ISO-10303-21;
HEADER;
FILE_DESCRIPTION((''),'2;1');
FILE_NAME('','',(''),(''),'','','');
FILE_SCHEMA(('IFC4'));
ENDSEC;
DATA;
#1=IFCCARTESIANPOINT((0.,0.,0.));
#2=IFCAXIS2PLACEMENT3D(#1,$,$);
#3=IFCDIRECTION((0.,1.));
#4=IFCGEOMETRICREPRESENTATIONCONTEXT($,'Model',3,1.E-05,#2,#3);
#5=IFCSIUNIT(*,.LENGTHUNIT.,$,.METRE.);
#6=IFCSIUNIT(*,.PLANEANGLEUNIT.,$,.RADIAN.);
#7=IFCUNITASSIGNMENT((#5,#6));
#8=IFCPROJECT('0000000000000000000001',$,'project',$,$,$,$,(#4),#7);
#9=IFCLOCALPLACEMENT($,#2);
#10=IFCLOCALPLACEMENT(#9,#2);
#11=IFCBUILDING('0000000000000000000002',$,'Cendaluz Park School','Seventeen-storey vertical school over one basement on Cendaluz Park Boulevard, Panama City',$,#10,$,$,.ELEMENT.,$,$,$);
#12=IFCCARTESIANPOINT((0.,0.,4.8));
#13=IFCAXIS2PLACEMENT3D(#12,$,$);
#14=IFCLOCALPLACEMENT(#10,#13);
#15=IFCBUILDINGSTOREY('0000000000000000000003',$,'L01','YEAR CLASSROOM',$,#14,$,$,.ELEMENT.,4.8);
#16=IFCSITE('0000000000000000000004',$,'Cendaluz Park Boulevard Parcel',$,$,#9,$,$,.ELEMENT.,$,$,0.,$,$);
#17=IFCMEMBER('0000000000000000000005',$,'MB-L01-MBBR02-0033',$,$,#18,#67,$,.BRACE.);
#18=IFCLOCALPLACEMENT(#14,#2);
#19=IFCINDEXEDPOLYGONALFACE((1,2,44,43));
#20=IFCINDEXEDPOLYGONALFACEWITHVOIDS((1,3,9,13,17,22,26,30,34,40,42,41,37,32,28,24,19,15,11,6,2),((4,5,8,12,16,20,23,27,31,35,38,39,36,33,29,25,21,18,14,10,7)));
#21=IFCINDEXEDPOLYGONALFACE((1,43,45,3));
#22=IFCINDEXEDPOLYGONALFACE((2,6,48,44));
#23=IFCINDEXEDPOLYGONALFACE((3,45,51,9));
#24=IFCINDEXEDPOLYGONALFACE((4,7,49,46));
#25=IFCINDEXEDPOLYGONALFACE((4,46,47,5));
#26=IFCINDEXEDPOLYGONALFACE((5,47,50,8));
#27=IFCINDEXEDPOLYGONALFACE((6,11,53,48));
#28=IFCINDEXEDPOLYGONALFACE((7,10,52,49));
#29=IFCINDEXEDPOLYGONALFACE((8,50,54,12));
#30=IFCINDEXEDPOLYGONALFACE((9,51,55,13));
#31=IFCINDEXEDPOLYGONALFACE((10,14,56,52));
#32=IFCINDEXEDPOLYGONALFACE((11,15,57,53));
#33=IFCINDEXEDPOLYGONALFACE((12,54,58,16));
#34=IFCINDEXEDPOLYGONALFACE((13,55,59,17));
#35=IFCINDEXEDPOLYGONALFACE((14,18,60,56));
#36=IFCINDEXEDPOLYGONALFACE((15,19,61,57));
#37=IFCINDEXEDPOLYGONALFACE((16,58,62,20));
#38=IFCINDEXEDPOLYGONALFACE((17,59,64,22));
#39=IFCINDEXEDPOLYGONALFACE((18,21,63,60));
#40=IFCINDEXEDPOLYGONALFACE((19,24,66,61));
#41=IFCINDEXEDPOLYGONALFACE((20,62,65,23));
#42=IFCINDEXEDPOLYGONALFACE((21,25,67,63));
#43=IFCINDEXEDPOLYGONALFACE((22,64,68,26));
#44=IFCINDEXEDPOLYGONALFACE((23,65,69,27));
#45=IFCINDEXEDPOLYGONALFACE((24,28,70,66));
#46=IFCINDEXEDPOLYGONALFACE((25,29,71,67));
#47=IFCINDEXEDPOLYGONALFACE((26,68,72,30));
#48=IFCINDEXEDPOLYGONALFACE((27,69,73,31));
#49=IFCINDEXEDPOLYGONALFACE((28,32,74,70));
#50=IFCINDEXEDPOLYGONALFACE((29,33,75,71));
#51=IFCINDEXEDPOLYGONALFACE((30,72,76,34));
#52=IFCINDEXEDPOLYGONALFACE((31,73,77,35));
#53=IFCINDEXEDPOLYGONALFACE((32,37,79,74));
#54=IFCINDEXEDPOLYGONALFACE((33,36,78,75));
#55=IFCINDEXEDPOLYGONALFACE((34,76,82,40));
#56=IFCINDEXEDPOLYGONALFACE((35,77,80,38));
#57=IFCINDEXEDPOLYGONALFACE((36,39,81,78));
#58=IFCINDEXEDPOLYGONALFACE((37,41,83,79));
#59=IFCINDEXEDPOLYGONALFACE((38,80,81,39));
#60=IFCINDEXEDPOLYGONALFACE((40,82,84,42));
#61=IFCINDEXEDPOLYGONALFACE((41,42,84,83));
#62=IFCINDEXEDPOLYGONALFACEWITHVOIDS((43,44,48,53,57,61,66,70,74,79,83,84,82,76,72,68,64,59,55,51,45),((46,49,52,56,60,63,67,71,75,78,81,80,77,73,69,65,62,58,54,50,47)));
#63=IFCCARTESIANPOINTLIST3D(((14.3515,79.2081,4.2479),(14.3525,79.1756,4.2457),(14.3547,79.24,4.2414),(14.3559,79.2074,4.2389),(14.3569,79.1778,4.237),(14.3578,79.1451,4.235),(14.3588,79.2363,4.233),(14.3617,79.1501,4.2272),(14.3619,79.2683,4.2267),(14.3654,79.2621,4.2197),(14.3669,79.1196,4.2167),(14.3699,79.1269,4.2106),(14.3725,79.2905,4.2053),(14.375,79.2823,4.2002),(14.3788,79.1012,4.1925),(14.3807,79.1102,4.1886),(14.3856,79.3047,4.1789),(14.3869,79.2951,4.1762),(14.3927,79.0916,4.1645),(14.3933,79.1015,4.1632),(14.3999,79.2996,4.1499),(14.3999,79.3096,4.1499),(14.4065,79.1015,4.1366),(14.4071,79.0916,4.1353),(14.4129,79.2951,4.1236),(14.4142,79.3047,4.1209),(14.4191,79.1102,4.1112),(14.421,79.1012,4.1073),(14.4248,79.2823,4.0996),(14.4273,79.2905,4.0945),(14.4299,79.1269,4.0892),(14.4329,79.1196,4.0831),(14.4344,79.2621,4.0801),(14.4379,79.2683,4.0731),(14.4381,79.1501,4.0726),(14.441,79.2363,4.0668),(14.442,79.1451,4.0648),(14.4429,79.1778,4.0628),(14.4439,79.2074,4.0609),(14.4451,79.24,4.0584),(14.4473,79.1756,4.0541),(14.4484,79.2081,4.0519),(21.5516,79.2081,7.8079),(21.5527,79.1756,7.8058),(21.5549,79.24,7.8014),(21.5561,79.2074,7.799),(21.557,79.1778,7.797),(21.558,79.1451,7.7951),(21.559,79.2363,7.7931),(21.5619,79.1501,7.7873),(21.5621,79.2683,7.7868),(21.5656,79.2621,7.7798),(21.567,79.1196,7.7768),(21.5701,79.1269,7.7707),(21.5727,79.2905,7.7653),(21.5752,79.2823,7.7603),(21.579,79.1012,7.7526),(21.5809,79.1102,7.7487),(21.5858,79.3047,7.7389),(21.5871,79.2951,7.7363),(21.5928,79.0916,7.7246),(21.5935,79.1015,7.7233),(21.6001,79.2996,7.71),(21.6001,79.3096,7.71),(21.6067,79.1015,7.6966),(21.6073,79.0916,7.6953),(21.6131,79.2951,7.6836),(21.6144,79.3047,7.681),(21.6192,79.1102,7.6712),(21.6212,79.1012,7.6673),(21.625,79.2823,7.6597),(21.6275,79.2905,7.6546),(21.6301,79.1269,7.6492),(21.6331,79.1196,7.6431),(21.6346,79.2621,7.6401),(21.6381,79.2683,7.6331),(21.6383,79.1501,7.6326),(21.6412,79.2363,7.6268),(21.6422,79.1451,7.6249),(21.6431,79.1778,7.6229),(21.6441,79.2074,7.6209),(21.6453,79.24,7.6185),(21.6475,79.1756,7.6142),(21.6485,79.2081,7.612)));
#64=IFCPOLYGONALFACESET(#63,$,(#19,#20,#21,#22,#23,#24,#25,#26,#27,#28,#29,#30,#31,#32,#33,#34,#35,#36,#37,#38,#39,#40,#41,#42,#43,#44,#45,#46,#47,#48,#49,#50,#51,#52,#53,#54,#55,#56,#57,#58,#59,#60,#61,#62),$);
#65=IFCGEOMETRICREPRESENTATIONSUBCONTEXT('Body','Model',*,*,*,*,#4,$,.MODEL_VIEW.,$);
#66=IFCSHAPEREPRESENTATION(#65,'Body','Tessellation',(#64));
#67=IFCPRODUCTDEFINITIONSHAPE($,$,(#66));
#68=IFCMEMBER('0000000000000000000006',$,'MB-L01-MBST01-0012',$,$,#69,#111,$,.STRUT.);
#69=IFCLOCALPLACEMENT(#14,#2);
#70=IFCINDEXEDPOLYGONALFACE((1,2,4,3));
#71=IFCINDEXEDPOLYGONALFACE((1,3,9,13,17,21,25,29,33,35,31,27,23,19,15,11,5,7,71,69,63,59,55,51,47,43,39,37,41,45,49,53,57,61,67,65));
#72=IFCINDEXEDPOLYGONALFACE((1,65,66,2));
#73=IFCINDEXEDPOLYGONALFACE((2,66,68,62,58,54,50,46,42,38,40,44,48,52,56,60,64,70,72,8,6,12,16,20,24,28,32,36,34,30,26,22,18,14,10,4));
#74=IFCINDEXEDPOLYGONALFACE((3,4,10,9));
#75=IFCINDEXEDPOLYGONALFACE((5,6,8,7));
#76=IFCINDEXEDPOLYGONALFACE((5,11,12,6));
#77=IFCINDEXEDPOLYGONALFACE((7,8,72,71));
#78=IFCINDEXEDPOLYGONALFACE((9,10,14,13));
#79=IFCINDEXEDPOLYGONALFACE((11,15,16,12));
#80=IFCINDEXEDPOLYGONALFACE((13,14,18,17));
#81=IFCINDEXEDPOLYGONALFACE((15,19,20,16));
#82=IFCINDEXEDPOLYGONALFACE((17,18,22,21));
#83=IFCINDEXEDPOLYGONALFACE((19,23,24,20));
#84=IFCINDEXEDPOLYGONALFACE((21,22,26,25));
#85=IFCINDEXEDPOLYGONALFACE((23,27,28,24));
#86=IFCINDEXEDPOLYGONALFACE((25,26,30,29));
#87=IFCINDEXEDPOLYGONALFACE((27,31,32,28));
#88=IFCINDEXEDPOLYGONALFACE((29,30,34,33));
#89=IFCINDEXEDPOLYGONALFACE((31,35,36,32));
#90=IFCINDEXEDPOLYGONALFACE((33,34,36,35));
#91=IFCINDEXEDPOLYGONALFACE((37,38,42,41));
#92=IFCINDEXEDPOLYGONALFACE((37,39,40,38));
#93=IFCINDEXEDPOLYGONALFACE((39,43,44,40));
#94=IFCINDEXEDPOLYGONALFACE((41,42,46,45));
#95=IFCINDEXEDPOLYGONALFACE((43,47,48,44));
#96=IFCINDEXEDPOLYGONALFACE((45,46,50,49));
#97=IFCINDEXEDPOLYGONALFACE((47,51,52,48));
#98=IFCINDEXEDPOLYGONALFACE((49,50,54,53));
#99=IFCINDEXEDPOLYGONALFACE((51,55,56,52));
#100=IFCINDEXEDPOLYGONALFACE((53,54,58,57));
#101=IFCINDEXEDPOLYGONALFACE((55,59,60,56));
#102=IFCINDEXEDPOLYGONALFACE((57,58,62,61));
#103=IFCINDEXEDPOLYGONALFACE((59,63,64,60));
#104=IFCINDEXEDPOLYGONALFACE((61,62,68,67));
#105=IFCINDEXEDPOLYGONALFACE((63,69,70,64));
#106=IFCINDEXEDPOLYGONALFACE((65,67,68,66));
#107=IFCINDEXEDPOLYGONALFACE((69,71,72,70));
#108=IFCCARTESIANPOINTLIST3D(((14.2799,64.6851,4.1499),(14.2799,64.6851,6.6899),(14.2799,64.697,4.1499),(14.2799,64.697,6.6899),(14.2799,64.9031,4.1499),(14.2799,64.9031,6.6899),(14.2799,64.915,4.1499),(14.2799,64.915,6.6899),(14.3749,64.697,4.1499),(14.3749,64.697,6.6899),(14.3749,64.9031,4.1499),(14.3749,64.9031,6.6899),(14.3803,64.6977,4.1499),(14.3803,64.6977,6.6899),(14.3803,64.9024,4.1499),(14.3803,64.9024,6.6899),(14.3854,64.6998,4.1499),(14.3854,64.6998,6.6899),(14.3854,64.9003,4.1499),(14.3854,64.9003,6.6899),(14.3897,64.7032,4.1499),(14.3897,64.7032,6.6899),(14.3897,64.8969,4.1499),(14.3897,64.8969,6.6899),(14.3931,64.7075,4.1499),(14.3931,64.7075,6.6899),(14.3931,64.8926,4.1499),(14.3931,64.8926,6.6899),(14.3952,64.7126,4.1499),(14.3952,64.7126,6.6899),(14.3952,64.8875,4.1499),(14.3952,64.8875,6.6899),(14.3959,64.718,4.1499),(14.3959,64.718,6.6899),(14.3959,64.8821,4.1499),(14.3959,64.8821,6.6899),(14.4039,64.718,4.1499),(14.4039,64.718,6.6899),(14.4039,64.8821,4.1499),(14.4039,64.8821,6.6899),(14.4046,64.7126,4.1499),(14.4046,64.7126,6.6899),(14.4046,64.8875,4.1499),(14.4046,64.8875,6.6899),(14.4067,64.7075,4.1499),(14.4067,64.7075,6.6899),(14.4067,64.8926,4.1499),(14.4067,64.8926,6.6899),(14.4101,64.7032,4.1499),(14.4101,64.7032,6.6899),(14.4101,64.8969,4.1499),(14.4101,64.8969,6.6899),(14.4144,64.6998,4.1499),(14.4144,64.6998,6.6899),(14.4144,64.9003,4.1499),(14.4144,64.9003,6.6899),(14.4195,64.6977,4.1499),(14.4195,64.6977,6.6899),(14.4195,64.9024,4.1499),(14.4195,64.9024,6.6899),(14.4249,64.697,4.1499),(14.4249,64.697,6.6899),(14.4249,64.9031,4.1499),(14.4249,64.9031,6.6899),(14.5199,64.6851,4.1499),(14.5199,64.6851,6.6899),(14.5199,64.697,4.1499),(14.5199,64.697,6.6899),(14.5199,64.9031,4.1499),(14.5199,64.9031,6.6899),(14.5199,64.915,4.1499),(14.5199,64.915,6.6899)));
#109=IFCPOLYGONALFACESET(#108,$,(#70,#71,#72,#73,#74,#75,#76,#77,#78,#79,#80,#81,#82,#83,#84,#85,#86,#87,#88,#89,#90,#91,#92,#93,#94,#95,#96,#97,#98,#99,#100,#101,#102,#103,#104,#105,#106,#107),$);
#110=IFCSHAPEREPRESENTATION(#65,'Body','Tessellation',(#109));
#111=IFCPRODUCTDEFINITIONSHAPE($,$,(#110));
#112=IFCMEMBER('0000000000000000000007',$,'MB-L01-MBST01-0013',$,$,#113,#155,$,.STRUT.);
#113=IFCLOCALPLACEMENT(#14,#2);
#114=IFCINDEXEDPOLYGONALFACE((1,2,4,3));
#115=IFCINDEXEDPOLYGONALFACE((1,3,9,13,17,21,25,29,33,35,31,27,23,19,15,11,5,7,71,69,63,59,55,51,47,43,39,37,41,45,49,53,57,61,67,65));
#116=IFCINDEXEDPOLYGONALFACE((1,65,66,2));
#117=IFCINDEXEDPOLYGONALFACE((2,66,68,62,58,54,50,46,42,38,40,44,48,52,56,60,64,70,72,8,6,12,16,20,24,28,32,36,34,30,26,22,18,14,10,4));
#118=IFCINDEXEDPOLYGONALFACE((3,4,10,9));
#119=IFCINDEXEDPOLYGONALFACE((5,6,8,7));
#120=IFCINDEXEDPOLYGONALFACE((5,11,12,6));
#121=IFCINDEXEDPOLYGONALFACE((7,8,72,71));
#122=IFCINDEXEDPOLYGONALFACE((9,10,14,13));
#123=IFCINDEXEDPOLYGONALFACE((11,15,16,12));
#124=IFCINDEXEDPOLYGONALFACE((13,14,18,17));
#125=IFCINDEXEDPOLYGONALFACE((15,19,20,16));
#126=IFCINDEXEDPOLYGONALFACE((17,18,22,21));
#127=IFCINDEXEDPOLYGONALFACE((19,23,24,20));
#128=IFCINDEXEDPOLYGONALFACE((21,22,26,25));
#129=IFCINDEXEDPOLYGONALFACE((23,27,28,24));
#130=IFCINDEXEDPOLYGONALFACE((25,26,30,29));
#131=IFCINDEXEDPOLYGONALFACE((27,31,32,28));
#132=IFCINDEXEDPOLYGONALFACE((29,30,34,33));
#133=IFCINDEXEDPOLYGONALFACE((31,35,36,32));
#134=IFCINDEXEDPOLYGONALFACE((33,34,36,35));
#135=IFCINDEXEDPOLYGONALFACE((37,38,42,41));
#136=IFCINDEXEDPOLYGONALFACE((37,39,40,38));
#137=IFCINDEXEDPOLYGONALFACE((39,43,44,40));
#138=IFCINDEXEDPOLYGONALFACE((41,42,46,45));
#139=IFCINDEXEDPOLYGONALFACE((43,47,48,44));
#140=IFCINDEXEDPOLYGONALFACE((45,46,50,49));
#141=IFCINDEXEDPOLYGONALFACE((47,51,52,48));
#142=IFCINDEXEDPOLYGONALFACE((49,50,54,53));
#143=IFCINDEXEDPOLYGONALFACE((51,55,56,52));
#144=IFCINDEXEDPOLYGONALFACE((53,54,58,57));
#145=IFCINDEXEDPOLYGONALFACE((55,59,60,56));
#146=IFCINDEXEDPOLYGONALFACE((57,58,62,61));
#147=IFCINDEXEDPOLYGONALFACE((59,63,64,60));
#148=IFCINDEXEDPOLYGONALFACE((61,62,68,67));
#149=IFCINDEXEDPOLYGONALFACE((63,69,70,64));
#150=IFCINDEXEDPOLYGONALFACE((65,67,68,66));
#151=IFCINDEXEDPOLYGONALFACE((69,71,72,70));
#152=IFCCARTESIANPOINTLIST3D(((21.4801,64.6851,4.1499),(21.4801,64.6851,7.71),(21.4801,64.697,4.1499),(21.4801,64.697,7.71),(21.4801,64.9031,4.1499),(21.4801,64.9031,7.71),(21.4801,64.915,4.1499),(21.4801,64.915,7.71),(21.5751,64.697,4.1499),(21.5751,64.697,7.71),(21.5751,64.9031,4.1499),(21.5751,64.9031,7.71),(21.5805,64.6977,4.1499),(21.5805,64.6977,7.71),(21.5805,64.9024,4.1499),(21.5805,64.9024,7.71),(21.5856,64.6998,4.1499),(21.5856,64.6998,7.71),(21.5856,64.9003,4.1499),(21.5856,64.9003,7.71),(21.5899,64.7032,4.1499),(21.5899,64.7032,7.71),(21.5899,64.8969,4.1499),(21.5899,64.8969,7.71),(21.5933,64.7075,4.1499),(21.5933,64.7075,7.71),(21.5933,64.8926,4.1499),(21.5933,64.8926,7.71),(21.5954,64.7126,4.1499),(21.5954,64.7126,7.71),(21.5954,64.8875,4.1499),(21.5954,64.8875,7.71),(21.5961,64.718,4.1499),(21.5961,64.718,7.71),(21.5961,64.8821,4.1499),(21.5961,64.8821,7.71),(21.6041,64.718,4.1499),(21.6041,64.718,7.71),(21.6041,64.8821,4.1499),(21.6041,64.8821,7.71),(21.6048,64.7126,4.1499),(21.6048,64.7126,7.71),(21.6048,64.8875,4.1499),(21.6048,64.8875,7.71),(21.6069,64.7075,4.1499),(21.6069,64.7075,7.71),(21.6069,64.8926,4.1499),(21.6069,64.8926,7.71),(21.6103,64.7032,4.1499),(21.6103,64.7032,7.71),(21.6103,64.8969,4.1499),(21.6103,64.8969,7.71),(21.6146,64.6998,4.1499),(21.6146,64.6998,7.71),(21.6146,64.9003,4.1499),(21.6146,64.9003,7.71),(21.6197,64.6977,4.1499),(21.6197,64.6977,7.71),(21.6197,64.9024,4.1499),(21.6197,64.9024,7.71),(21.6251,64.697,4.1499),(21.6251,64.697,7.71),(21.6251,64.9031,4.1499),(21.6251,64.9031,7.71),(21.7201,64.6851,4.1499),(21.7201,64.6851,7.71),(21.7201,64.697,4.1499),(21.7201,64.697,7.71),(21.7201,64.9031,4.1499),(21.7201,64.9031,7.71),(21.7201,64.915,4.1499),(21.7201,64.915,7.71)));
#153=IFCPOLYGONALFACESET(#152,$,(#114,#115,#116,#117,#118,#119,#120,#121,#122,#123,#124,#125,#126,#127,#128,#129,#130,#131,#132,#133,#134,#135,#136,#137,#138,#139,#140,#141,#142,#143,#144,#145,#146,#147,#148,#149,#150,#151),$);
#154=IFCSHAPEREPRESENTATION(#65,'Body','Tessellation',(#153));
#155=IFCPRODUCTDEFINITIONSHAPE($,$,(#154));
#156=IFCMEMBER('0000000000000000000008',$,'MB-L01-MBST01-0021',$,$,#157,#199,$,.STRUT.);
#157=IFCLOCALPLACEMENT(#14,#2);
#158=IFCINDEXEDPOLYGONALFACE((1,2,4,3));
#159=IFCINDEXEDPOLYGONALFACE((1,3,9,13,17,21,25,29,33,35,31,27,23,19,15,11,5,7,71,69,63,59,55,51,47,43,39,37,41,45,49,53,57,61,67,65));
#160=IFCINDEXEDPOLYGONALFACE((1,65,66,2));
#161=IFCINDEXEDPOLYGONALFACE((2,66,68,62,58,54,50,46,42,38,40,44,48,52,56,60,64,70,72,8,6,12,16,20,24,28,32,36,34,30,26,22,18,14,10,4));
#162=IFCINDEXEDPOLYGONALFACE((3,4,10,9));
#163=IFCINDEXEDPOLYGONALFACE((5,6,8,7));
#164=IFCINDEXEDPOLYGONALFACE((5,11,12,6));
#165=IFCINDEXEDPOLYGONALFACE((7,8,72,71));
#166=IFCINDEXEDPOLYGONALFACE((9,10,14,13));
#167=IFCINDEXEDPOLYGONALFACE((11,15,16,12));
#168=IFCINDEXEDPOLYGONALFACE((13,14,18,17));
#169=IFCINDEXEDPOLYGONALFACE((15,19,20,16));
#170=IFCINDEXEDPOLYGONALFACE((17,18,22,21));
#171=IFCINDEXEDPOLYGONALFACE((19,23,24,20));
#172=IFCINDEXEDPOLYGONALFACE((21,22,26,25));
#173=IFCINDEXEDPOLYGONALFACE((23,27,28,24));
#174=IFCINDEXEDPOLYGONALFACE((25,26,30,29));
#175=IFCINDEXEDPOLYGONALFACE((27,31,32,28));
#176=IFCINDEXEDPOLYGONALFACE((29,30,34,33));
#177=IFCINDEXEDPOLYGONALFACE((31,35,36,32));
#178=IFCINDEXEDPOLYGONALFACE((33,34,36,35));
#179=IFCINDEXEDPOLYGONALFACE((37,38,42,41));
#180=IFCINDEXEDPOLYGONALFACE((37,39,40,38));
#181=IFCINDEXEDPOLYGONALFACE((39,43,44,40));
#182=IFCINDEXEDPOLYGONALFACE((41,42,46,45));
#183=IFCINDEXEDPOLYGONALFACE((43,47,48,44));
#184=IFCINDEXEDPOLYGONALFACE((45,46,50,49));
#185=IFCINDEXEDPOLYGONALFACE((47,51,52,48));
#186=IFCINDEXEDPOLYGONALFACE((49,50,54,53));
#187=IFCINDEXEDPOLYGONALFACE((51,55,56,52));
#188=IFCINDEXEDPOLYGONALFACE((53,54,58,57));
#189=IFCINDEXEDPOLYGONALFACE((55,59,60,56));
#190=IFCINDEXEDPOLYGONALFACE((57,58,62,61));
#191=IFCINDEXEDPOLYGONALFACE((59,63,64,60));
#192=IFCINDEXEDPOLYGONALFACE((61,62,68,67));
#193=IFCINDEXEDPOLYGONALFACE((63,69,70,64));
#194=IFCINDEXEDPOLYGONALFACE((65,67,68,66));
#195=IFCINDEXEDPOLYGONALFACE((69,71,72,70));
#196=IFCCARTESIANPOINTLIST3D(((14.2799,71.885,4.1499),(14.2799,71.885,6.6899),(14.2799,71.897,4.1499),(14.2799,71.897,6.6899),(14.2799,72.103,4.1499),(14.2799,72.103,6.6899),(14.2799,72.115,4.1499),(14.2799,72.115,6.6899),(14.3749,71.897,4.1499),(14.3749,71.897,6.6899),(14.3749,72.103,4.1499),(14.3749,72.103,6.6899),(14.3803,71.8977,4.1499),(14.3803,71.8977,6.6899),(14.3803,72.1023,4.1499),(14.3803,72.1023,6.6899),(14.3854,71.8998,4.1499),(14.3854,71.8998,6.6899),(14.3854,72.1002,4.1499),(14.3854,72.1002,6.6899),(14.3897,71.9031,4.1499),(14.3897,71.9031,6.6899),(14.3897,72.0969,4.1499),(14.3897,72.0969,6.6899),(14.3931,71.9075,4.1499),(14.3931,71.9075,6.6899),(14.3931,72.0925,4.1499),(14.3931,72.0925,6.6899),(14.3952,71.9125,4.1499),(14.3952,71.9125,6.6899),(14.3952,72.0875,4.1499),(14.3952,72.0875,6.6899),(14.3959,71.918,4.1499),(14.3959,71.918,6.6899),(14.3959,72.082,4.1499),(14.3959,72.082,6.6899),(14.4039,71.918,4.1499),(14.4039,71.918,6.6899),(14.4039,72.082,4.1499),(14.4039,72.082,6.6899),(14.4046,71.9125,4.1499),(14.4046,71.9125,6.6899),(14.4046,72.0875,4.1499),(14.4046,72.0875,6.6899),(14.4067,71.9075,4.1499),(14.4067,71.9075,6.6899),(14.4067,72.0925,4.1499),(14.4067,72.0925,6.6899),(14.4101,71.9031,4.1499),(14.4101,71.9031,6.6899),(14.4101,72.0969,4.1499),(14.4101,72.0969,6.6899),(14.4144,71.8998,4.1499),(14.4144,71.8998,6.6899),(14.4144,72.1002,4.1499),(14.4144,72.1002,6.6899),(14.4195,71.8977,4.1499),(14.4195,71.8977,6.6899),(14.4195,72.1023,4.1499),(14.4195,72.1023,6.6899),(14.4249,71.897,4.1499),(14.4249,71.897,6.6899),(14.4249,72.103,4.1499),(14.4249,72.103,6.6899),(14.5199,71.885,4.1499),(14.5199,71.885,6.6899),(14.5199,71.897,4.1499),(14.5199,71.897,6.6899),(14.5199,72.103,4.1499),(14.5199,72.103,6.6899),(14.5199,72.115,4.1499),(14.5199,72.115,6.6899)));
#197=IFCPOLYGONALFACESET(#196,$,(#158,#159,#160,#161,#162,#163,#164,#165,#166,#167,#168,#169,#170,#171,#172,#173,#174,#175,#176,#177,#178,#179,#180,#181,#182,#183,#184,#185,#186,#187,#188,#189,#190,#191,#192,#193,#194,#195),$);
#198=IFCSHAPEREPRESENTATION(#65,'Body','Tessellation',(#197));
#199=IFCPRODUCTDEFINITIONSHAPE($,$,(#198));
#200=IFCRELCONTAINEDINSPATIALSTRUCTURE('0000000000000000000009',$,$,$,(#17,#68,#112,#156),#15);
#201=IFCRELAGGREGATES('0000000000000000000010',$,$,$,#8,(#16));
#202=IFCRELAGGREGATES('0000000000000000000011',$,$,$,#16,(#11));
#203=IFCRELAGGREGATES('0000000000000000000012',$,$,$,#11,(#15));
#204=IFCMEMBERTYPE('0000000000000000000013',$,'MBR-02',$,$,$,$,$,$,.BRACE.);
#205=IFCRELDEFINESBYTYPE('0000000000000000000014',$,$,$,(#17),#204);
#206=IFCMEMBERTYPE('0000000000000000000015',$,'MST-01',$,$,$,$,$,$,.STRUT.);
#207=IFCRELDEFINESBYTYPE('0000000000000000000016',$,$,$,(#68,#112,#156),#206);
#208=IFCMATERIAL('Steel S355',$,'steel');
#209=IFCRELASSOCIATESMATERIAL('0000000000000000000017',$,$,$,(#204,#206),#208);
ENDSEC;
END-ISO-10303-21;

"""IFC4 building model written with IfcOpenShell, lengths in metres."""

from ifc_helpers import new_model, si_unit, direction, frame, origin, origin_2d, place, context, subcontext, project, spatial, hollow_circle, i_section, extrude, material, material_profile, profile_set, type_object, element, save


model = new_model("IFC4")

# Units and contexts
model_context = context("Model", 3, precision=1e-05, world=origin(), true_north=direction((0.0, 1.0)))
body_context = subcontext(model_context, "Body", "Model", "MODEL_VIEW")
ifc_project = project(units=[si_unit("LENGTHUNIT", "METRE"), si_unit("PLANEANGLEUNIT", "RADIAN")], contexts=[model_context])

# Site, building, storey
site_placement = place(None, origin())
site = spatial("IfcSite", under=ifc_project, at=site_placement, Name="Cendaluz Park Boulevard Parcel", CompositionType="ELEMENT", RefElevation=0.0)
building_placement = place(site_placement, origin())
building = spatial("IfcBuilding", under=site, at=building_placement, Name="Cendaluz Park School", Description="Seventeen-storey vertical school over one basement on Cendaluz Park Boulevard, Panama City", CompositionType="ELEMENT")
storey_placement = place(building_placement, frame((0.0, 0.0, 4.8)))
storey = spatial("IfcBuildingStorey", under=building, at=storey_placement, Name="L01", Description="YEAR CLASSROOM", CompositionType="ELEMENT", Elevation=4.8)

# Shared definitions
ifc_material_1 = material(Name="Steel S355", Category="steel")

# Members
ifc_material_profile_1 = material_profile(ifc_material_1, hollow_circle(Radius=0.1096, WallThickness=0.01, at=origin_2d()), Name="CHS 219x10", Category="steel")
ifc_profile_set_1 = profile_set([ifc_material_profile_1], Name="Steel S355")
member_type_1 = type_object("IfcMemberType", Name="MBR-02", PredefinedType="BRACE", material=ifc_profile_set_1)
for number, where, z_axis, x_axis, name in (
    (1, (14.3999, 79.2, 4.1499), (0.896412, 0.0, 0.443221), (0.0, 1.0, 0.0), "MB-L01-MBBR02-0033"),
):
    element("IfcMember", number, at=place(storey_placement, frame(where, z_axis=z_axis, x_axis=x_axis)), inside=storey, type_object=member_type_1, Name=name, PredefinedType="BRACE", context=body_context, shape_type="SweptSolid", body=[
        extrude(hollow_circle(Radius=0.1096, WallThickness=0.01, at=origin_2d()), origin(), (0.0, 0.0, 1.0), 8.0322),
    ])
ifc_material_profile_2 = material_profile(ifc_material_1, i_section(OverallWidth=0.24, OverallDepth=0.23, WebThickness=0.0081, FlangeThickness=0.012, FilletRadius=0.021, at=origin_2d()), Name="HEA 240", Category="steel")
ifc_profile_set_2 = profile_set([ifc_material_profile_2], Name="Steel S355")
member_type_2 = type_object("IfcMemberType", Name="MST-01", PredefinedType="STRUT", material=ifc_profile_set_2)
member_1_placement = place(storey_placement, frame((14.3999, 64.8, 4.1499), z_axis=(0.0, 0.0, 1.0), x_axis=(1.0, 0.0, 0.0)))
element("IfcMember", 2, at=member_1_placement, inside=storey, type_object=member_type_2, Name="MB-L01-MBST01-0012", PredefinedType="STRUT", context=body_context, shape_type="SweptSolid", body=[
    extrude(i_section(OverallWidth=0.24, OverallDepth=0.23, WebThickness=0.0081, FlangeThickness=0.012, FilletRadius=0.021, at=origin_2d()), origin(), (0.0, 0.0, 1.0), 2.54),
])
member_2_placement = place(storey_placement, frame((21.6001, 64.8, 4.1499), z_axis=(0.0, 0.0, 1.0), x_axis=(1.0, 0.0, 0.0)))
element("IfcMember", 3, at=member_2_placement, inside=storey, type_object=member_type_2, Name="MB-L01-MBST01-0013", PredefinedType="STRUT", context=body_context, shape_type="SweptSolid", body=[
    extrude(i_section(OverallWidth=0.24, OverallDepth=0.23, WebThickness=0.0081, FlangeThickness=0.012, FilletRadius=0.021, at=origin_2d()), origin(), (0.0, 0.0, 1.0), 3.5601),
])
member_3_placement = place(storey_placement, frame((14.3999, 72.0, 4.1499), z_axis=(0.0, 0.0, 1.0), x_axis=(1.0, 0.0, 0.0)))
element("IfcMember", 4, at=member_3_placement, inside=storey, type_object=member_type_2, Name="MB-L01-MBST01-0021", PredefinedType="STRUT", context=body_context, shape_type="SweptSolid", body=[
    extrude(i_section(OverallWidth=0.24, OverallDepth=0.23, WebThickness=0.0081, FlangeThickness=0.012, FilletRadius=0.021, at=origin_2d()), origin(), (0.0, 0.0, 1.0), 2.54),
])

save(model, "model.ifc")
